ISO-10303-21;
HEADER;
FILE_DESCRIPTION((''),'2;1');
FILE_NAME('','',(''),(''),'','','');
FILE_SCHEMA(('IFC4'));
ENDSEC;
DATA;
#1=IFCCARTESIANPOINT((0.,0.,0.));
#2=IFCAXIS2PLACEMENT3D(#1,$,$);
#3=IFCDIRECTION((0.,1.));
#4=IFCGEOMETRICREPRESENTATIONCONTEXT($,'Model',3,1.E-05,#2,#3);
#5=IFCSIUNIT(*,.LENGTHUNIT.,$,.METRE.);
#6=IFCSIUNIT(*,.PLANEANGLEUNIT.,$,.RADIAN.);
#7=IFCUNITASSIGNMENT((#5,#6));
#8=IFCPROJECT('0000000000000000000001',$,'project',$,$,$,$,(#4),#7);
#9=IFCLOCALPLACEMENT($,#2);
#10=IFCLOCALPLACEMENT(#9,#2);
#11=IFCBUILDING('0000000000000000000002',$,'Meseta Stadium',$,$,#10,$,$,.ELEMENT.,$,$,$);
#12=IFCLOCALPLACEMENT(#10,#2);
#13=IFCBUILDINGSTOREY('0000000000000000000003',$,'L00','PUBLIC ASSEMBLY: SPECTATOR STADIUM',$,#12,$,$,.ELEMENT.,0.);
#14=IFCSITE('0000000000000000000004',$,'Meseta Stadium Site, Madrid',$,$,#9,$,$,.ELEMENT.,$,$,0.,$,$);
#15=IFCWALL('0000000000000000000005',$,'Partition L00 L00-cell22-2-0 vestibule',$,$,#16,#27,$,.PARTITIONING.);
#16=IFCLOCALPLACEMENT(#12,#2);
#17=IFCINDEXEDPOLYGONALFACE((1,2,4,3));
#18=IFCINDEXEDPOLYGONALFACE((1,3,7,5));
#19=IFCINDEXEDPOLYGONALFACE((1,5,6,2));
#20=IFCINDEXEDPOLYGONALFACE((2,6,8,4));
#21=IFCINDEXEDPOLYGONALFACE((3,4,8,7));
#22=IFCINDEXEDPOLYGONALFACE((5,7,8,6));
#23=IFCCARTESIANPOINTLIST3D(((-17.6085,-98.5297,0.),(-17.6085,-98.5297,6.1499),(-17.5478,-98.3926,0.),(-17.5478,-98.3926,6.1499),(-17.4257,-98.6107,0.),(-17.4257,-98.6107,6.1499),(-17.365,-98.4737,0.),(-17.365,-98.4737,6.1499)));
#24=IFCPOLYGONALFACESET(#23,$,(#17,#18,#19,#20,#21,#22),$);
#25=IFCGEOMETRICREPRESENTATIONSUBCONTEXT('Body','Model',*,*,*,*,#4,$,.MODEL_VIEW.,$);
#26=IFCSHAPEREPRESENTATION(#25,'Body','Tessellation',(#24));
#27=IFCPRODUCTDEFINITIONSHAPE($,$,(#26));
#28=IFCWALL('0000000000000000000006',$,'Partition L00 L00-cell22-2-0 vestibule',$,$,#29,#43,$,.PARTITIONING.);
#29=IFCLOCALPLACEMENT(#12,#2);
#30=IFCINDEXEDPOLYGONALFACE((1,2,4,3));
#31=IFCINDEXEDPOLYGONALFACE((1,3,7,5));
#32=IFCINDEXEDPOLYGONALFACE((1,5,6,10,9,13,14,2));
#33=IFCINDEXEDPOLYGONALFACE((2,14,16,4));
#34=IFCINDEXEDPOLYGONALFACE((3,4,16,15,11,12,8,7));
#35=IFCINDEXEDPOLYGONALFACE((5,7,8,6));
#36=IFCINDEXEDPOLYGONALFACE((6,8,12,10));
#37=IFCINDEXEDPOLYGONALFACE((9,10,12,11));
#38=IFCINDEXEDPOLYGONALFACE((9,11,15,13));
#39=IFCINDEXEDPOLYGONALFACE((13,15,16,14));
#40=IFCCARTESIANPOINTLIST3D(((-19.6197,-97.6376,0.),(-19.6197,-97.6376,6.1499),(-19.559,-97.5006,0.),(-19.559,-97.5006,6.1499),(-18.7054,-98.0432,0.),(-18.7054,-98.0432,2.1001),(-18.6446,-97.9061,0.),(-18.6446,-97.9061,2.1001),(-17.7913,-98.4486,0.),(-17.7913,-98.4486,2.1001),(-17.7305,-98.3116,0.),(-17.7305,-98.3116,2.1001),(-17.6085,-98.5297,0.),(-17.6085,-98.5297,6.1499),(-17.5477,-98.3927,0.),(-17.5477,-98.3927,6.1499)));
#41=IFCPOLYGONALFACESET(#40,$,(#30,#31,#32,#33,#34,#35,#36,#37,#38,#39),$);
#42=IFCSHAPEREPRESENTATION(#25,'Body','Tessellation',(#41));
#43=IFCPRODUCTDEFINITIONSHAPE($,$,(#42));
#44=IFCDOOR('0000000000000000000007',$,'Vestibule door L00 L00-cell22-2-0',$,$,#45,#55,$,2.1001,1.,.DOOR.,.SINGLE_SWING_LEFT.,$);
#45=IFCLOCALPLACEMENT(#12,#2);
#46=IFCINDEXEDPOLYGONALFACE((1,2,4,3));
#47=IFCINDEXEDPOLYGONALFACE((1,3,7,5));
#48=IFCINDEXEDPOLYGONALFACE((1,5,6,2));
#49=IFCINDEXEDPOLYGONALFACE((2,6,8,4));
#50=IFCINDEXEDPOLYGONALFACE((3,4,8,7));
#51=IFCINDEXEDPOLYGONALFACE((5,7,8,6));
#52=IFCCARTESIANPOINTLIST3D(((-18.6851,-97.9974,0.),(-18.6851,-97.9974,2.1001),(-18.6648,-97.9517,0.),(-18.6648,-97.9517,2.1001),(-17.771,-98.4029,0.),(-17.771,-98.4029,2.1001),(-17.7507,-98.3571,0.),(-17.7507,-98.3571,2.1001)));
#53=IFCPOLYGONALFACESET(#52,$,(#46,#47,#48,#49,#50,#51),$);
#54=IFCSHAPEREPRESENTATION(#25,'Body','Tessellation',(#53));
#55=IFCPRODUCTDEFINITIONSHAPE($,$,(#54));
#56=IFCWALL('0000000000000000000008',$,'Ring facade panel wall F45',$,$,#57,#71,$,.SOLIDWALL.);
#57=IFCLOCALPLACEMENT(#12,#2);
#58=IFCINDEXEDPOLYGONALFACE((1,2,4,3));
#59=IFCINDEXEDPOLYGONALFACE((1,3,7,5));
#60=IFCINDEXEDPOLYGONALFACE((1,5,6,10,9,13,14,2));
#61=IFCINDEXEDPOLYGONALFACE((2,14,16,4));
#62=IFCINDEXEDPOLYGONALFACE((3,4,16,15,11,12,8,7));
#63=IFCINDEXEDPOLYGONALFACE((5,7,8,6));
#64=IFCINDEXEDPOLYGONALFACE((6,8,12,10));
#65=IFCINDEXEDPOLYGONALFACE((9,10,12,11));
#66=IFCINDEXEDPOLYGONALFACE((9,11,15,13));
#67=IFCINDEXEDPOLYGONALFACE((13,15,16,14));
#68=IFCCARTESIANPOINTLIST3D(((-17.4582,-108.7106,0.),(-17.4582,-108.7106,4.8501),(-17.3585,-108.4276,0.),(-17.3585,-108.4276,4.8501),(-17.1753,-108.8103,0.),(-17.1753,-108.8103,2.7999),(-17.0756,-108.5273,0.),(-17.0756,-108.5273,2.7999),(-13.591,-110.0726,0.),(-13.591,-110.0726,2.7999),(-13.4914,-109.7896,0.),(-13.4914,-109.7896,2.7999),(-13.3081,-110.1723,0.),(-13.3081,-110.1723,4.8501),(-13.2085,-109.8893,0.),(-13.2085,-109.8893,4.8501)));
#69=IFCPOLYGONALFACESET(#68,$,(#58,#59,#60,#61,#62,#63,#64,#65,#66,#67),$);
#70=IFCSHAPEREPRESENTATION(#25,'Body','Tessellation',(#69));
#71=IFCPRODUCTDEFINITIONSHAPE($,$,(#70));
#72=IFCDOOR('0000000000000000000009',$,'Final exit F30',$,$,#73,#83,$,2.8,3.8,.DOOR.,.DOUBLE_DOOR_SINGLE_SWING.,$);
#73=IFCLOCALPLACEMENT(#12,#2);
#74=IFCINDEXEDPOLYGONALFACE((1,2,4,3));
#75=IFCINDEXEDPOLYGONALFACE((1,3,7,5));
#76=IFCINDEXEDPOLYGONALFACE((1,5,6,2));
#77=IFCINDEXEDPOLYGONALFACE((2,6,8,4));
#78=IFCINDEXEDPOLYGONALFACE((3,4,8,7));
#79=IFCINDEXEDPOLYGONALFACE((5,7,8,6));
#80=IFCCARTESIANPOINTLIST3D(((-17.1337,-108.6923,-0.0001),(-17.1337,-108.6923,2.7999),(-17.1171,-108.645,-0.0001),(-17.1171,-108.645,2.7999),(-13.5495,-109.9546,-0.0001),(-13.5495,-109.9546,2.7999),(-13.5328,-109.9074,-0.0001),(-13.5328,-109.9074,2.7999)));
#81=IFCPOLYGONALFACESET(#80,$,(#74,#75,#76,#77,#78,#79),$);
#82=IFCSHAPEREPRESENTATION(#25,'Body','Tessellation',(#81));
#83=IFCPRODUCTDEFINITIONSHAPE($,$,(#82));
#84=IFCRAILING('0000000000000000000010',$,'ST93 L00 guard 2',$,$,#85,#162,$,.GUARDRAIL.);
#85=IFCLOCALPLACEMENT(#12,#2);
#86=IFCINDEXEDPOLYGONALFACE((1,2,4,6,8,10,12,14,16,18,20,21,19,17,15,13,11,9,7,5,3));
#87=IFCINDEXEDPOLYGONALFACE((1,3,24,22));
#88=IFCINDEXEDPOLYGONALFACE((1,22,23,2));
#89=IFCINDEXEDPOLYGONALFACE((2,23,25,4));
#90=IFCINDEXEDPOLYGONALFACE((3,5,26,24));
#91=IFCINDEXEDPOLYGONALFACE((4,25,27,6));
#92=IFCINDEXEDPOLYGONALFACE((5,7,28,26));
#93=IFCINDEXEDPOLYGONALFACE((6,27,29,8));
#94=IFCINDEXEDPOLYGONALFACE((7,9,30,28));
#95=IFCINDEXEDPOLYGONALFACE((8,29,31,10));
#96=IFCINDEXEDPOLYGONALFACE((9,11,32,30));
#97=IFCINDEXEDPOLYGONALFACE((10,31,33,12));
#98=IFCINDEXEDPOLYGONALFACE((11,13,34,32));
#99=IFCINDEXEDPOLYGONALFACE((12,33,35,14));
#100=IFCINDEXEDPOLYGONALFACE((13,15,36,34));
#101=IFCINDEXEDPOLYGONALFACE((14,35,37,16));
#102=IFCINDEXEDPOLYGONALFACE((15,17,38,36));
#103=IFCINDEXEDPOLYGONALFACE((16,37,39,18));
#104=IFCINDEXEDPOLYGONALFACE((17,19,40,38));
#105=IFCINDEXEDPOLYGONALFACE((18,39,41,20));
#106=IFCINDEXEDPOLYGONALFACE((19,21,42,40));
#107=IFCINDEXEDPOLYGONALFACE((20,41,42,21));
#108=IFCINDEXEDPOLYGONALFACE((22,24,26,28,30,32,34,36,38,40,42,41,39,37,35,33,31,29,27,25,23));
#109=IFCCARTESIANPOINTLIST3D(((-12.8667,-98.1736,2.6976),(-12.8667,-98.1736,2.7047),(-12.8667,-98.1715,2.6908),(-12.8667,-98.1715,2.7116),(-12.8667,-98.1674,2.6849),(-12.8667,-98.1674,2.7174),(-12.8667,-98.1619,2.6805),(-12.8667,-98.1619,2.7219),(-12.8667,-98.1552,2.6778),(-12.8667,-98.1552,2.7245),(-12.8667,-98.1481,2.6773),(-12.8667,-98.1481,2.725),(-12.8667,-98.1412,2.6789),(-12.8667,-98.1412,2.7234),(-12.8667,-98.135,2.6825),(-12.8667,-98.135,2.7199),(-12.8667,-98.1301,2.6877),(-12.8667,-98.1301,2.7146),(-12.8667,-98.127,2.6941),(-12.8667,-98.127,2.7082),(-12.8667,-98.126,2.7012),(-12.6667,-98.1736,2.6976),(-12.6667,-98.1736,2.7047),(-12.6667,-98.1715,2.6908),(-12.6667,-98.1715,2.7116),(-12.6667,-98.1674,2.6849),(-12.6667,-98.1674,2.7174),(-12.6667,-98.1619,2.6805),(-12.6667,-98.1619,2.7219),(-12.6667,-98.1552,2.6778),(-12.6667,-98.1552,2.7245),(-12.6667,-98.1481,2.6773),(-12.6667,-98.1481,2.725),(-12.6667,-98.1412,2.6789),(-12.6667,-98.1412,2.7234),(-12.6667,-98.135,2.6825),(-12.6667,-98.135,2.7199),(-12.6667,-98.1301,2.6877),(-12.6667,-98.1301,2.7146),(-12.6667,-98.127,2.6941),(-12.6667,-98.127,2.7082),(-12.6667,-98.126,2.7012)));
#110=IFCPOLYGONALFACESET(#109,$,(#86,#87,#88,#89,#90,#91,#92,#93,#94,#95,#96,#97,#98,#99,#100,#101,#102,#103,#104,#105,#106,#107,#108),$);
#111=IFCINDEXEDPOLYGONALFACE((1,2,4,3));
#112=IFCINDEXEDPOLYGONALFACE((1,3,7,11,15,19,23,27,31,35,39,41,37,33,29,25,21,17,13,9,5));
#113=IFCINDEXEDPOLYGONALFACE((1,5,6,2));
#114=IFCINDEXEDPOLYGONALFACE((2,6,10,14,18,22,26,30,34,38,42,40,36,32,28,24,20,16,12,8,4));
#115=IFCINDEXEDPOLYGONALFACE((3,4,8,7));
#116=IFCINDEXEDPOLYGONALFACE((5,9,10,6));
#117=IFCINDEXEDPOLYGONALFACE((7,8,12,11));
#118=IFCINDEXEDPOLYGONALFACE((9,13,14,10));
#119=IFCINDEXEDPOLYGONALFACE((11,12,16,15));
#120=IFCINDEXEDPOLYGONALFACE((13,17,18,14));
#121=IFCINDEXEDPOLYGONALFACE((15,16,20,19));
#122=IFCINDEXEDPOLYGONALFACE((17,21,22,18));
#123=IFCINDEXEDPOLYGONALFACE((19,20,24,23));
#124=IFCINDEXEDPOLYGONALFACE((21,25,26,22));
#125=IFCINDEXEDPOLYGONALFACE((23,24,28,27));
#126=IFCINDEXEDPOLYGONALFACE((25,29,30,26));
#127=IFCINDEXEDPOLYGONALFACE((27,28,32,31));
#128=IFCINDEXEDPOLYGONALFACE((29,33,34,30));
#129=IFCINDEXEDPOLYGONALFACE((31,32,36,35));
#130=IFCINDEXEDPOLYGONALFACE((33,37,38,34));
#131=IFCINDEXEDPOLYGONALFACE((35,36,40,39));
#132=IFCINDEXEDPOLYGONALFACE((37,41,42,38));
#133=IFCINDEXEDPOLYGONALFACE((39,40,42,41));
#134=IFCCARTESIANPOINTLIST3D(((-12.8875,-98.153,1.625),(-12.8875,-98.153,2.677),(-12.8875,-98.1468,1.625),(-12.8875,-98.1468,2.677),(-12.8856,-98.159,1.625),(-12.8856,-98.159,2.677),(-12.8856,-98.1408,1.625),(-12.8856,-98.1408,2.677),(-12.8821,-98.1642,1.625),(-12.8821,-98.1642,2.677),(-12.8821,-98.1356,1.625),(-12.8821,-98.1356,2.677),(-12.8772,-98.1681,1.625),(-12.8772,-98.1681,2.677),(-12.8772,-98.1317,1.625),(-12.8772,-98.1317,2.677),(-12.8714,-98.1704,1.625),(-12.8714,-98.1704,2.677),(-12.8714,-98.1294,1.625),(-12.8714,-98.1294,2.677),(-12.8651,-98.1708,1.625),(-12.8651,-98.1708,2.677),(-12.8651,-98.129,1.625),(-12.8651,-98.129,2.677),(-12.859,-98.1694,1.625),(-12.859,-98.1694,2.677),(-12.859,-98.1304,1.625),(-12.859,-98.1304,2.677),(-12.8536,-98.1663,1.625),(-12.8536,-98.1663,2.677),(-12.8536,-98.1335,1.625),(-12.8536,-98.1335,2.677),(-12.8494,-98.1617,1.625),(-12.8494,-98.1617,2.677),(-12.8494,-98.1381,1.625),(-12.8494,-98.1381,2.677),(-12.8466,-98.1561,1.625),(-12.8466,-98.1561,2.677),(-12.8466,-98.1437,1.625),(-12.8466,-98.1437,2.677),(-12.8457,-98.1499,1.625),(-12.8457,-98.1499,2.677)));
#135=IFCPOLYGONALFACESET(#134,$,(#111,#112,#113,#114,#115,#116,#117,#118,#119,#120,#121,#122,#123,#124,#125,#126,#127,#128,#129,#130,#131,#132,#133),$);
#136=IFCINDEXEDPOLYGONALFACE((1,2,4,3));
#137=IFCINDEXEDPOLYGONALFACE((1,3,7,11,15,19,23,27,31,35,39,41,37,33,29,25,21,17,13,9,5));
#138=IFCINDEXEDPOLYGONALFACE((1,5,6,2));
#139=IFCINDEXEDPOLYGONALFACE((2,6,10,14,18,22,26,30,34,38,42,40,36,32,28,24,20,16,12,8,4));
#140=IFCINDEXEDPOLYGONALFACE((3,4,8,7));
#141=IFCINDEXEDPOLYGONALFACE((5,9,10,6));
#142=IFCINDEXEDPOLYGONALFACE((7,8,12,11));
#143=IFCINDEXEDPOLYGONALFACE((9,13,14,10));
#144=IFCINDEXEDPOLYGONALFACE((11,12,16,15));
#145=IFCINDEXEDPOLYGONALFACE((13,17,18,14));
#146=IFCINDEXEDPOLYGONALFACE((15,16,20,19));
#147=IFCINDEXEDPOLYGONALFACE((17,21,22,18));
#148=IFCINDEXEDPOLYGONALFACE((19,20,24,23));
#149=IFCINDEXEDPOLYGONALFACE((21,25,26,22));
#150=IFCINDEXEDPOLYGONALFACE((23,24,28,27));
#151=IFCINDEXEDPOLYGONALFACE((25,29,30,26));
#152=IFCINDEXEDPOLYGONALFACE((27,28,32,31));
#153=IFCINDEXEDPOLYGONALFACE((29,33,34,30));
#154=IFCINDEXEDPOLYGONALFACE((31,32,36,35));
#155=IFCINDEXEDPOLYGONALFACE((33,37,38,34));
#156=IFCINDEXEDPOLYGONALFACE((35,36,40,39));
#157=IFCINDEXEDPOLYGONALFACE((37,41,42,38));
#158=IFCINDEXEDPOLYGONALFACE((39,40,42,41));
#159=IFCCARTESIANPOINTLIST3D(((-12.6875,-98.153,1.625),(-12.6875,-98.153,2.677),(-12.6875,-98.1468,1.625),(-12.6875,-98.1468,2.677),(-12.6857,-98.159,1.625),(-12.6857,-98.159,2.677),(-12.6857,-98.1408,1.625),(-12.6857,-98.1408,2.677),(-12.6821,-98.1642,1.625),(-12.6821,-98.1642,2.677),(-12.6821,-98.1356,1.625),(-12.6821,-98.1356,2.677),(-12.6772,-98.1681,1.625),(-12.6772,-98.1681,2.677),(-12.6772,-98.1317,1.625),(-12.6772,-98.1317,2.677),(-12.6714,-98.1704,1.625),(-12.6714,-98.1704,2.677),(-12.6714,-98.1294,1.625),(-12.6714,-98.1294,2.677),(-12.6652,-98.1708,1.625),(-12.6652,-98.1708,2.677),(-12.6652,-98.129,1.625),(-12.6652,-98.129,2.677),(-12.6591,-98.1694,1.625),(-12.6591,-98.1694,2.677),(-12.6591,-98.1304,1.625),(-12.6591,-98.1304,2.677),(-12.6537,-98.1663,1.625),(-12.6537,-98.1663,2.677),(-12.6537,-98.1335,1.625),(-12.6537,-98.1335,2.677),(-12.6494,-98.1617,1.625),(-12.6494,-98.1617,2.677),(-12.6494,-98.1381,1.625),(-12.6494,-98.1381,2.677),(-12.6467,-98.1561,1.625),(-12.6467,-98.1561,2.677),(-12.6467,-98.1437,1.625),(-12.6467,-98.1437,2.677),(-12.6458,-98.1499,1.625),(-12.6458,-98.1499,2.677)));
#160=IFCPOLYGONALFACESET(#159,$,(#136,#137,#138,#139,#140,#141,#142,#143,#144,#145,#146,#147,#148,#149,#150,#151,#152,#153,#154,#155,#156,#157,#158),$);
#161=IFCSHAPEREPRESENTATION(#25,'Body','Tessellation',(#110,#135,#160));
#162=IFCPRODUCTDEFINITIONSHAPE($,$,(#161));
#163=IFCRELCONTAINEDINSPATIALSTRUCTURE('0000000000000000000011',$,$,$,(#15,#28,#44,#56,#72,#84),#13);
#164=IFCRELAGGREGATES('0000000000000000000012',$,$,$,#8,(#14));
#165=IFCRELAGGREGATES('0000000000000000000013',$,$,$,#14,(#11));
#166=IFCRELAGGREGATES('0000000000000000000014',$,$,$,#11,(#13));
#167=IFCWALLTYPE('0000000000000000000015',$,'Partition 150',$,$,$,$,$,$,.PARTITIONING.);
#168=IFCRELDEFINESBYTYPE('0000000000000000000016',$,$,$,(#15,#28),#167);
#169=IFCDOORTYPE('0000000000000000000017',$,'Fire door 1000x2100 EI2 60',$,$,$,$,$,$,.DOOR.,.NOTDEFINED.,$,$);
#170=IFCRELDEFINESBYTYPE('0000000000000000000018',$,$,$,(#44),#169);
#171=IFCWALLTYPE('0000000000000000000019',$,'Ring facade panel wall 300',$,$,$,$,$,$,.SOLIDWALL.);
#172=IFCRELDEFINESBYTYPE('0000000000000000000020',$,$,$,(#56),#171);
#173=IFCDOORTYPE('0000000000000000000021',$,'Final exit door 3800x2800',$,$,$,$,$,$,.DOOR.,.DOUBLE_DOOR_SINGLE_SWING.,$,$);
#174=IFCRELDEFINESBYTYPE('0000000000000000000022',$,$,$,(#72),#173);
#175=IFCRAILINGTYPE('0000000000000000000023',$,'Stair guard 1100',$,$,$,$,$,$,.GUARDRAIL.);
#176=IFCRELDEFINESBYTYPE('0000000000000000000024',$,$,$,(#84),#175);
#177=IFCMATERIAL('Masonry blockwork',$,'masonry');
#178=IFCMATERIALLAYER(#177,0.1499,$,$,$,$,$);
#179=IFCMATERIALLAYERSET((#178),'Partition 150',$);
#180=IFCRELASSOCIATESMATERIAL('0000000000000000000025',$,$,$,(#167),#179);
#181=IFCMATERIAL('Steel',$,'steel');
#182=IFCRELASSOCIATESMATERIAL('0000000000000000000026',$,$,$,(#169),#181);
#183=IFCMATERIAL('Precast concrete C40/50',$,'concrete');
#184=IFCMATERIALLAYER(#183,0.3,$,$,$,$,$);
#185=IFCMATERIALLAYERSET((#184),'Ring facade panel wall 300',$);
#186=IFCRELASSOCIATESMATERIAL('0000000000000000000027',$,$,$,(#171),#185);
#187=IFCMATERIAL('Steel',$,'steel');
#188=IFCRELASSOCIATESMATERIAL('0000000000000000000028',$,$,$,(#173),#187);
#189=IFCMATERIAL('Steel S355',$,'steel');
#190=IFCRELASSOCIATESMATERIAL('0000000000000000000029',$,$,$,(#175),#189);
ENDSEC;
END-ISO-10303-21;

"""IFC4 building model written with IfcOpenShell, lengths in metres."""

from ifc_helpers import new_model, si_unit, direction, frame, frame_2d, origin, origin_2d, place, context, subcontext, project, spatial, rectangle, circle, extrude, material, layer, layer_set, type_object, element, fill, save


model = new_model("IFC4")

# Units and contexts
model_context = context("Model", 3, precision=1e-05, world=origin(), true_north=direction((0.0, 1.0)))
body_context = subcontext(model_context, "Body", "Model", "MODEL_VIEW")
ifc_project = project(units=[si_unit("LENGTHUNIT", "METRE"), si_unit("PLANEANGLEUNIT", "RADIAN")], contexts=[model_context])

# Site, building, storey
site_placement = place(None, origin())
site = spatial("IfcSite", under=ifc_project, at=site_placement, Name="Meseta Stadium Site, Madrid", CompositionType="ELEMENT", RefElevation=0.0)
building_placement = place(site_placement, origin())
building = spatial("IfcBuilding", under=site, at=building_placement, Name="Meseta Stadium", CompositionType="ELEMENT")
storey_placement = place(building_placement, origin())
storey = spatial("IfcBuildingStorey", under=building, at=storey_placement, Name="L00", Description="PUBLIC ASSEMBLY: SPECTATOR STADIUM", CompositionType="ELEMENT", Elevation=0.0)

# Wall
ifc_material_1 = material(Name="Masonry blockwork", Category="masonry")
ifc_layer_1 = layer(ifc_material_1, 0.1499)
ifc_layer_set_1 = layer_set([ifc_layer_1], Name="Partition 150")
wall_type_1 = type_object("IfcWallType", Name="Partition 150", PredefinedType="PARTITIONING", material=ifc_layer_set_1)
wall_1_placement = place(storey_placement, frame((-17.3953, -98.5422, 0.0), z_axis=(0.0, 0.0, 1.0), x_axis=(-0.914214, 0.405232, 0.0)))
element("IfcWall", 1, at=wall_1_placement, inside=storey, type_object=wall_type_1, Name="Partition L00 L00-cell22-2-0 vestibule", PredefinedType="PARTITIONING", context=body_context, shape_type="SweptSolid", body=[
    extrude(rectangle(XDim=0.2, YDim=0.1499, at=frame_2d((0.1001, 0.0))), origin(), (0.0, 0.0, 1.0), 6.1499),
])

# Walls, openings, doors
wall_2_placement = place(storey_placement, frame((-17.5781, -98.4612, 0.0), z_axis=(0.0, 0.0, 1.0), x_axis=(-0.914113, 0.405459, 0.0)))
wall_2 = element("IfcWall", 2, at=wall_2_placement, inside=storey, type_object=wall_type_1, Name="Partition L00 L00-cell22-2-0 vestibule", PredefinedType="PARTITIONING", context=body_context, shape_type="SweptSolid", body=[
    extrude(rectangle(XDim=2.2002, YDim=0.1499, at=frame_2d((1.1001, 0.0))), origin(), (0.0, 0.0, 1.0), 6.1499),
])
opening_1_placement = place(wall_2_placement, frame((0.2, 0.0, 0.0)))
opening_1 = element("IfcOpeningElement", 3, at=opening_1_placement, cuts=wall_2, PredefinedType="OPENING", context=body_context, shape_type="SweptSolid", body=[
    extrude(rectangle(XDim=1.0, YDim=2.1001, at=frame_2d((0.5, 1.05))), frame((0.0, 0.085, 0.0), z_axis=(0.0, -1.0, 0.0), x_axis=(1.0, 0.0, 0.0)), (0.0, 0.0, 1.0), 0.1699),
])
ifc_material_2 = material(Name="Steel", Category="steel")
door_type_1 = type_object("IfcDoorType", Name="Fire door 1000x2100 EI2 60", OperationType="NOTDEFINED", PredefinedType="DOOR", material=ifc_material_2)
door_1_placement = place(opening_1_placement, origin())
door_1 = element("IfcDoor", 4, at=door_1_placement, inside=storey, type_object=door_type_1, Name="Vestibule door L00 L00-cell22-2-0", OperationType="SINGLE_SWING_LEFT", OverallHeight=2.1001, OverallWidth=1.0, PredefinedType="DOOR", context=body_context, shape_type="SweptSolid", body=[
    extrude(rectangle(XDim=1.0, YDim=2.1001, at=frame_2d((0.5, 1.05))), frame((0.0, 0.0249, 0.0), z_axis=(0.0, -1.0, 0.0), x_axis=(1.0, 0.0, 0.0)), (0.0, 0.0, 1.0), 0.05),
])
fill(opening_1, door_1)
ifc_material_3 = material(Name="Precast concrete C40/50", Category="concrete")
ifc_layer_2 = layer(ifc_material_3, 0.3)
ifc_layer_set_2 = layer_set([ifc_layer_2], Name="Ring facade panel wall 300")
wall_type_2 = type_object("IfcWallType", Name="Ring facade panel wall 300", PredefinedType="SOLIDWALL", material=ifc_layer_set_2)
wall_3_placement = place(storey_placement, frame((-13.2583, -110.0308, 0.0), z_axis=(0.0, 0.0, 1.0), x_axis=(-0.94321, 0.332196, 0.0)))
wall_3 = element("IfcWall", 5, at=wall_3_placement, inside=storey, type_object=wall_type_2, Name="Ring facade panel wall F45", PredefinedType="SOLIDWALL", context=body_context, shape_type="SweptSolid", body=[
    extrude(rectangle(XDim=4.3999, YDim=0.3, at=frame_2d((2.2, 0.0))), origin(), (0.0, 0.0, 1.0), 4.8501),
])
opening_2_placement = place(wall_3_placement, frame((0.3, 0.0, 0.0)))
opening_2 = element("IfcOpeningElement", 6, at=opening_2_placement, cuts=wall_3, PredefinedType="OPENING", context=body_context, shape_type="SweptSolid", body=[
    extrude(rectangle(XDim=3.8, YDim=2.8, at=frame_2d((1.8999, 1.3999))), frame((0.0, 0.1599, 0.0), z_axis=(0.0, -1.0, 0.0), x_axis=(1.0, 0.0, 0.0)), (0.0, 0.0, 1.0), 0.3201),
])
ifc_material_4 = material(Name="Steel", Category="steel")
door_type_2 = type_object("IfcDoorType", Name="Final exit door 3800x2800", OperationType="DOUBLE_DOOR_SINGLE_SWING", PredefinedType="DOOR", material=ifc_material_4)
door_2_placement = place(opening_2_placement, origin())
door_2 = element("IfcDoor", 7, at=door_2_placement, inside=storey, type_object=door_type_2, Name="Final exit F30", OperationType="DOUBLE_DOOR_SINGLE_SWING", OverallHeight=2.8, OverallWidth=3.8, PredefinedType="DOOR", context=body_context, shape_type="SweptSolid", body=[
    extrude(rectangle(XDim=3.8, YDim=2.8, at=frame_2d((1.8999, 1.3999))), frame((0.0, 0.0249, 0.0), z_axis=(0.0, -1.0, 0.0), x_axis=(1.0, 0.0, 0.0)), (0.0, 0.0, 1.0), 0.05),
])
fill(opening_2, door_2)

# Railing
ifc_material_5 = material(Name="Steel S355", Category="steel")
railing_type = type_object("IfcRailingType", Name="Stair guard 1100", PredefinedType="GUARDRAIL", material=ifc_material_5)
railing_placement = place(storey_placement, frame((-12.8667, -98.1499, 1.625)))
element("IfcRailing", 8, at=railing_placement, inside=storey, type_object=railing_type, Name="ST93 L00 guard 2", PredefinedType="GUARDRAIL", context=body_context, shape_type="SweptSolid", body=[
    extrude(circle(Radius=0.0239, at=origin_2d()), frame((0.0, 0.0, 1.0762), z_axis=(1.0, 0.0, 0.0), x_axis=(0.0, 1.0, 0.0)), (0.0, 0.0, 1.0), 0.2),
    extrude(circle(Radius=0.021, at=origin_2d()), origin(), (0.0, 0.0, 1.0), 1.052),
    extrude(circle(Radius=0.021, at=origin_2d()), frame((0.2, 0.0, 0.0)), (0.0, 0.0, 1.0), 1.052),
])

save(model, "model.ifc")
